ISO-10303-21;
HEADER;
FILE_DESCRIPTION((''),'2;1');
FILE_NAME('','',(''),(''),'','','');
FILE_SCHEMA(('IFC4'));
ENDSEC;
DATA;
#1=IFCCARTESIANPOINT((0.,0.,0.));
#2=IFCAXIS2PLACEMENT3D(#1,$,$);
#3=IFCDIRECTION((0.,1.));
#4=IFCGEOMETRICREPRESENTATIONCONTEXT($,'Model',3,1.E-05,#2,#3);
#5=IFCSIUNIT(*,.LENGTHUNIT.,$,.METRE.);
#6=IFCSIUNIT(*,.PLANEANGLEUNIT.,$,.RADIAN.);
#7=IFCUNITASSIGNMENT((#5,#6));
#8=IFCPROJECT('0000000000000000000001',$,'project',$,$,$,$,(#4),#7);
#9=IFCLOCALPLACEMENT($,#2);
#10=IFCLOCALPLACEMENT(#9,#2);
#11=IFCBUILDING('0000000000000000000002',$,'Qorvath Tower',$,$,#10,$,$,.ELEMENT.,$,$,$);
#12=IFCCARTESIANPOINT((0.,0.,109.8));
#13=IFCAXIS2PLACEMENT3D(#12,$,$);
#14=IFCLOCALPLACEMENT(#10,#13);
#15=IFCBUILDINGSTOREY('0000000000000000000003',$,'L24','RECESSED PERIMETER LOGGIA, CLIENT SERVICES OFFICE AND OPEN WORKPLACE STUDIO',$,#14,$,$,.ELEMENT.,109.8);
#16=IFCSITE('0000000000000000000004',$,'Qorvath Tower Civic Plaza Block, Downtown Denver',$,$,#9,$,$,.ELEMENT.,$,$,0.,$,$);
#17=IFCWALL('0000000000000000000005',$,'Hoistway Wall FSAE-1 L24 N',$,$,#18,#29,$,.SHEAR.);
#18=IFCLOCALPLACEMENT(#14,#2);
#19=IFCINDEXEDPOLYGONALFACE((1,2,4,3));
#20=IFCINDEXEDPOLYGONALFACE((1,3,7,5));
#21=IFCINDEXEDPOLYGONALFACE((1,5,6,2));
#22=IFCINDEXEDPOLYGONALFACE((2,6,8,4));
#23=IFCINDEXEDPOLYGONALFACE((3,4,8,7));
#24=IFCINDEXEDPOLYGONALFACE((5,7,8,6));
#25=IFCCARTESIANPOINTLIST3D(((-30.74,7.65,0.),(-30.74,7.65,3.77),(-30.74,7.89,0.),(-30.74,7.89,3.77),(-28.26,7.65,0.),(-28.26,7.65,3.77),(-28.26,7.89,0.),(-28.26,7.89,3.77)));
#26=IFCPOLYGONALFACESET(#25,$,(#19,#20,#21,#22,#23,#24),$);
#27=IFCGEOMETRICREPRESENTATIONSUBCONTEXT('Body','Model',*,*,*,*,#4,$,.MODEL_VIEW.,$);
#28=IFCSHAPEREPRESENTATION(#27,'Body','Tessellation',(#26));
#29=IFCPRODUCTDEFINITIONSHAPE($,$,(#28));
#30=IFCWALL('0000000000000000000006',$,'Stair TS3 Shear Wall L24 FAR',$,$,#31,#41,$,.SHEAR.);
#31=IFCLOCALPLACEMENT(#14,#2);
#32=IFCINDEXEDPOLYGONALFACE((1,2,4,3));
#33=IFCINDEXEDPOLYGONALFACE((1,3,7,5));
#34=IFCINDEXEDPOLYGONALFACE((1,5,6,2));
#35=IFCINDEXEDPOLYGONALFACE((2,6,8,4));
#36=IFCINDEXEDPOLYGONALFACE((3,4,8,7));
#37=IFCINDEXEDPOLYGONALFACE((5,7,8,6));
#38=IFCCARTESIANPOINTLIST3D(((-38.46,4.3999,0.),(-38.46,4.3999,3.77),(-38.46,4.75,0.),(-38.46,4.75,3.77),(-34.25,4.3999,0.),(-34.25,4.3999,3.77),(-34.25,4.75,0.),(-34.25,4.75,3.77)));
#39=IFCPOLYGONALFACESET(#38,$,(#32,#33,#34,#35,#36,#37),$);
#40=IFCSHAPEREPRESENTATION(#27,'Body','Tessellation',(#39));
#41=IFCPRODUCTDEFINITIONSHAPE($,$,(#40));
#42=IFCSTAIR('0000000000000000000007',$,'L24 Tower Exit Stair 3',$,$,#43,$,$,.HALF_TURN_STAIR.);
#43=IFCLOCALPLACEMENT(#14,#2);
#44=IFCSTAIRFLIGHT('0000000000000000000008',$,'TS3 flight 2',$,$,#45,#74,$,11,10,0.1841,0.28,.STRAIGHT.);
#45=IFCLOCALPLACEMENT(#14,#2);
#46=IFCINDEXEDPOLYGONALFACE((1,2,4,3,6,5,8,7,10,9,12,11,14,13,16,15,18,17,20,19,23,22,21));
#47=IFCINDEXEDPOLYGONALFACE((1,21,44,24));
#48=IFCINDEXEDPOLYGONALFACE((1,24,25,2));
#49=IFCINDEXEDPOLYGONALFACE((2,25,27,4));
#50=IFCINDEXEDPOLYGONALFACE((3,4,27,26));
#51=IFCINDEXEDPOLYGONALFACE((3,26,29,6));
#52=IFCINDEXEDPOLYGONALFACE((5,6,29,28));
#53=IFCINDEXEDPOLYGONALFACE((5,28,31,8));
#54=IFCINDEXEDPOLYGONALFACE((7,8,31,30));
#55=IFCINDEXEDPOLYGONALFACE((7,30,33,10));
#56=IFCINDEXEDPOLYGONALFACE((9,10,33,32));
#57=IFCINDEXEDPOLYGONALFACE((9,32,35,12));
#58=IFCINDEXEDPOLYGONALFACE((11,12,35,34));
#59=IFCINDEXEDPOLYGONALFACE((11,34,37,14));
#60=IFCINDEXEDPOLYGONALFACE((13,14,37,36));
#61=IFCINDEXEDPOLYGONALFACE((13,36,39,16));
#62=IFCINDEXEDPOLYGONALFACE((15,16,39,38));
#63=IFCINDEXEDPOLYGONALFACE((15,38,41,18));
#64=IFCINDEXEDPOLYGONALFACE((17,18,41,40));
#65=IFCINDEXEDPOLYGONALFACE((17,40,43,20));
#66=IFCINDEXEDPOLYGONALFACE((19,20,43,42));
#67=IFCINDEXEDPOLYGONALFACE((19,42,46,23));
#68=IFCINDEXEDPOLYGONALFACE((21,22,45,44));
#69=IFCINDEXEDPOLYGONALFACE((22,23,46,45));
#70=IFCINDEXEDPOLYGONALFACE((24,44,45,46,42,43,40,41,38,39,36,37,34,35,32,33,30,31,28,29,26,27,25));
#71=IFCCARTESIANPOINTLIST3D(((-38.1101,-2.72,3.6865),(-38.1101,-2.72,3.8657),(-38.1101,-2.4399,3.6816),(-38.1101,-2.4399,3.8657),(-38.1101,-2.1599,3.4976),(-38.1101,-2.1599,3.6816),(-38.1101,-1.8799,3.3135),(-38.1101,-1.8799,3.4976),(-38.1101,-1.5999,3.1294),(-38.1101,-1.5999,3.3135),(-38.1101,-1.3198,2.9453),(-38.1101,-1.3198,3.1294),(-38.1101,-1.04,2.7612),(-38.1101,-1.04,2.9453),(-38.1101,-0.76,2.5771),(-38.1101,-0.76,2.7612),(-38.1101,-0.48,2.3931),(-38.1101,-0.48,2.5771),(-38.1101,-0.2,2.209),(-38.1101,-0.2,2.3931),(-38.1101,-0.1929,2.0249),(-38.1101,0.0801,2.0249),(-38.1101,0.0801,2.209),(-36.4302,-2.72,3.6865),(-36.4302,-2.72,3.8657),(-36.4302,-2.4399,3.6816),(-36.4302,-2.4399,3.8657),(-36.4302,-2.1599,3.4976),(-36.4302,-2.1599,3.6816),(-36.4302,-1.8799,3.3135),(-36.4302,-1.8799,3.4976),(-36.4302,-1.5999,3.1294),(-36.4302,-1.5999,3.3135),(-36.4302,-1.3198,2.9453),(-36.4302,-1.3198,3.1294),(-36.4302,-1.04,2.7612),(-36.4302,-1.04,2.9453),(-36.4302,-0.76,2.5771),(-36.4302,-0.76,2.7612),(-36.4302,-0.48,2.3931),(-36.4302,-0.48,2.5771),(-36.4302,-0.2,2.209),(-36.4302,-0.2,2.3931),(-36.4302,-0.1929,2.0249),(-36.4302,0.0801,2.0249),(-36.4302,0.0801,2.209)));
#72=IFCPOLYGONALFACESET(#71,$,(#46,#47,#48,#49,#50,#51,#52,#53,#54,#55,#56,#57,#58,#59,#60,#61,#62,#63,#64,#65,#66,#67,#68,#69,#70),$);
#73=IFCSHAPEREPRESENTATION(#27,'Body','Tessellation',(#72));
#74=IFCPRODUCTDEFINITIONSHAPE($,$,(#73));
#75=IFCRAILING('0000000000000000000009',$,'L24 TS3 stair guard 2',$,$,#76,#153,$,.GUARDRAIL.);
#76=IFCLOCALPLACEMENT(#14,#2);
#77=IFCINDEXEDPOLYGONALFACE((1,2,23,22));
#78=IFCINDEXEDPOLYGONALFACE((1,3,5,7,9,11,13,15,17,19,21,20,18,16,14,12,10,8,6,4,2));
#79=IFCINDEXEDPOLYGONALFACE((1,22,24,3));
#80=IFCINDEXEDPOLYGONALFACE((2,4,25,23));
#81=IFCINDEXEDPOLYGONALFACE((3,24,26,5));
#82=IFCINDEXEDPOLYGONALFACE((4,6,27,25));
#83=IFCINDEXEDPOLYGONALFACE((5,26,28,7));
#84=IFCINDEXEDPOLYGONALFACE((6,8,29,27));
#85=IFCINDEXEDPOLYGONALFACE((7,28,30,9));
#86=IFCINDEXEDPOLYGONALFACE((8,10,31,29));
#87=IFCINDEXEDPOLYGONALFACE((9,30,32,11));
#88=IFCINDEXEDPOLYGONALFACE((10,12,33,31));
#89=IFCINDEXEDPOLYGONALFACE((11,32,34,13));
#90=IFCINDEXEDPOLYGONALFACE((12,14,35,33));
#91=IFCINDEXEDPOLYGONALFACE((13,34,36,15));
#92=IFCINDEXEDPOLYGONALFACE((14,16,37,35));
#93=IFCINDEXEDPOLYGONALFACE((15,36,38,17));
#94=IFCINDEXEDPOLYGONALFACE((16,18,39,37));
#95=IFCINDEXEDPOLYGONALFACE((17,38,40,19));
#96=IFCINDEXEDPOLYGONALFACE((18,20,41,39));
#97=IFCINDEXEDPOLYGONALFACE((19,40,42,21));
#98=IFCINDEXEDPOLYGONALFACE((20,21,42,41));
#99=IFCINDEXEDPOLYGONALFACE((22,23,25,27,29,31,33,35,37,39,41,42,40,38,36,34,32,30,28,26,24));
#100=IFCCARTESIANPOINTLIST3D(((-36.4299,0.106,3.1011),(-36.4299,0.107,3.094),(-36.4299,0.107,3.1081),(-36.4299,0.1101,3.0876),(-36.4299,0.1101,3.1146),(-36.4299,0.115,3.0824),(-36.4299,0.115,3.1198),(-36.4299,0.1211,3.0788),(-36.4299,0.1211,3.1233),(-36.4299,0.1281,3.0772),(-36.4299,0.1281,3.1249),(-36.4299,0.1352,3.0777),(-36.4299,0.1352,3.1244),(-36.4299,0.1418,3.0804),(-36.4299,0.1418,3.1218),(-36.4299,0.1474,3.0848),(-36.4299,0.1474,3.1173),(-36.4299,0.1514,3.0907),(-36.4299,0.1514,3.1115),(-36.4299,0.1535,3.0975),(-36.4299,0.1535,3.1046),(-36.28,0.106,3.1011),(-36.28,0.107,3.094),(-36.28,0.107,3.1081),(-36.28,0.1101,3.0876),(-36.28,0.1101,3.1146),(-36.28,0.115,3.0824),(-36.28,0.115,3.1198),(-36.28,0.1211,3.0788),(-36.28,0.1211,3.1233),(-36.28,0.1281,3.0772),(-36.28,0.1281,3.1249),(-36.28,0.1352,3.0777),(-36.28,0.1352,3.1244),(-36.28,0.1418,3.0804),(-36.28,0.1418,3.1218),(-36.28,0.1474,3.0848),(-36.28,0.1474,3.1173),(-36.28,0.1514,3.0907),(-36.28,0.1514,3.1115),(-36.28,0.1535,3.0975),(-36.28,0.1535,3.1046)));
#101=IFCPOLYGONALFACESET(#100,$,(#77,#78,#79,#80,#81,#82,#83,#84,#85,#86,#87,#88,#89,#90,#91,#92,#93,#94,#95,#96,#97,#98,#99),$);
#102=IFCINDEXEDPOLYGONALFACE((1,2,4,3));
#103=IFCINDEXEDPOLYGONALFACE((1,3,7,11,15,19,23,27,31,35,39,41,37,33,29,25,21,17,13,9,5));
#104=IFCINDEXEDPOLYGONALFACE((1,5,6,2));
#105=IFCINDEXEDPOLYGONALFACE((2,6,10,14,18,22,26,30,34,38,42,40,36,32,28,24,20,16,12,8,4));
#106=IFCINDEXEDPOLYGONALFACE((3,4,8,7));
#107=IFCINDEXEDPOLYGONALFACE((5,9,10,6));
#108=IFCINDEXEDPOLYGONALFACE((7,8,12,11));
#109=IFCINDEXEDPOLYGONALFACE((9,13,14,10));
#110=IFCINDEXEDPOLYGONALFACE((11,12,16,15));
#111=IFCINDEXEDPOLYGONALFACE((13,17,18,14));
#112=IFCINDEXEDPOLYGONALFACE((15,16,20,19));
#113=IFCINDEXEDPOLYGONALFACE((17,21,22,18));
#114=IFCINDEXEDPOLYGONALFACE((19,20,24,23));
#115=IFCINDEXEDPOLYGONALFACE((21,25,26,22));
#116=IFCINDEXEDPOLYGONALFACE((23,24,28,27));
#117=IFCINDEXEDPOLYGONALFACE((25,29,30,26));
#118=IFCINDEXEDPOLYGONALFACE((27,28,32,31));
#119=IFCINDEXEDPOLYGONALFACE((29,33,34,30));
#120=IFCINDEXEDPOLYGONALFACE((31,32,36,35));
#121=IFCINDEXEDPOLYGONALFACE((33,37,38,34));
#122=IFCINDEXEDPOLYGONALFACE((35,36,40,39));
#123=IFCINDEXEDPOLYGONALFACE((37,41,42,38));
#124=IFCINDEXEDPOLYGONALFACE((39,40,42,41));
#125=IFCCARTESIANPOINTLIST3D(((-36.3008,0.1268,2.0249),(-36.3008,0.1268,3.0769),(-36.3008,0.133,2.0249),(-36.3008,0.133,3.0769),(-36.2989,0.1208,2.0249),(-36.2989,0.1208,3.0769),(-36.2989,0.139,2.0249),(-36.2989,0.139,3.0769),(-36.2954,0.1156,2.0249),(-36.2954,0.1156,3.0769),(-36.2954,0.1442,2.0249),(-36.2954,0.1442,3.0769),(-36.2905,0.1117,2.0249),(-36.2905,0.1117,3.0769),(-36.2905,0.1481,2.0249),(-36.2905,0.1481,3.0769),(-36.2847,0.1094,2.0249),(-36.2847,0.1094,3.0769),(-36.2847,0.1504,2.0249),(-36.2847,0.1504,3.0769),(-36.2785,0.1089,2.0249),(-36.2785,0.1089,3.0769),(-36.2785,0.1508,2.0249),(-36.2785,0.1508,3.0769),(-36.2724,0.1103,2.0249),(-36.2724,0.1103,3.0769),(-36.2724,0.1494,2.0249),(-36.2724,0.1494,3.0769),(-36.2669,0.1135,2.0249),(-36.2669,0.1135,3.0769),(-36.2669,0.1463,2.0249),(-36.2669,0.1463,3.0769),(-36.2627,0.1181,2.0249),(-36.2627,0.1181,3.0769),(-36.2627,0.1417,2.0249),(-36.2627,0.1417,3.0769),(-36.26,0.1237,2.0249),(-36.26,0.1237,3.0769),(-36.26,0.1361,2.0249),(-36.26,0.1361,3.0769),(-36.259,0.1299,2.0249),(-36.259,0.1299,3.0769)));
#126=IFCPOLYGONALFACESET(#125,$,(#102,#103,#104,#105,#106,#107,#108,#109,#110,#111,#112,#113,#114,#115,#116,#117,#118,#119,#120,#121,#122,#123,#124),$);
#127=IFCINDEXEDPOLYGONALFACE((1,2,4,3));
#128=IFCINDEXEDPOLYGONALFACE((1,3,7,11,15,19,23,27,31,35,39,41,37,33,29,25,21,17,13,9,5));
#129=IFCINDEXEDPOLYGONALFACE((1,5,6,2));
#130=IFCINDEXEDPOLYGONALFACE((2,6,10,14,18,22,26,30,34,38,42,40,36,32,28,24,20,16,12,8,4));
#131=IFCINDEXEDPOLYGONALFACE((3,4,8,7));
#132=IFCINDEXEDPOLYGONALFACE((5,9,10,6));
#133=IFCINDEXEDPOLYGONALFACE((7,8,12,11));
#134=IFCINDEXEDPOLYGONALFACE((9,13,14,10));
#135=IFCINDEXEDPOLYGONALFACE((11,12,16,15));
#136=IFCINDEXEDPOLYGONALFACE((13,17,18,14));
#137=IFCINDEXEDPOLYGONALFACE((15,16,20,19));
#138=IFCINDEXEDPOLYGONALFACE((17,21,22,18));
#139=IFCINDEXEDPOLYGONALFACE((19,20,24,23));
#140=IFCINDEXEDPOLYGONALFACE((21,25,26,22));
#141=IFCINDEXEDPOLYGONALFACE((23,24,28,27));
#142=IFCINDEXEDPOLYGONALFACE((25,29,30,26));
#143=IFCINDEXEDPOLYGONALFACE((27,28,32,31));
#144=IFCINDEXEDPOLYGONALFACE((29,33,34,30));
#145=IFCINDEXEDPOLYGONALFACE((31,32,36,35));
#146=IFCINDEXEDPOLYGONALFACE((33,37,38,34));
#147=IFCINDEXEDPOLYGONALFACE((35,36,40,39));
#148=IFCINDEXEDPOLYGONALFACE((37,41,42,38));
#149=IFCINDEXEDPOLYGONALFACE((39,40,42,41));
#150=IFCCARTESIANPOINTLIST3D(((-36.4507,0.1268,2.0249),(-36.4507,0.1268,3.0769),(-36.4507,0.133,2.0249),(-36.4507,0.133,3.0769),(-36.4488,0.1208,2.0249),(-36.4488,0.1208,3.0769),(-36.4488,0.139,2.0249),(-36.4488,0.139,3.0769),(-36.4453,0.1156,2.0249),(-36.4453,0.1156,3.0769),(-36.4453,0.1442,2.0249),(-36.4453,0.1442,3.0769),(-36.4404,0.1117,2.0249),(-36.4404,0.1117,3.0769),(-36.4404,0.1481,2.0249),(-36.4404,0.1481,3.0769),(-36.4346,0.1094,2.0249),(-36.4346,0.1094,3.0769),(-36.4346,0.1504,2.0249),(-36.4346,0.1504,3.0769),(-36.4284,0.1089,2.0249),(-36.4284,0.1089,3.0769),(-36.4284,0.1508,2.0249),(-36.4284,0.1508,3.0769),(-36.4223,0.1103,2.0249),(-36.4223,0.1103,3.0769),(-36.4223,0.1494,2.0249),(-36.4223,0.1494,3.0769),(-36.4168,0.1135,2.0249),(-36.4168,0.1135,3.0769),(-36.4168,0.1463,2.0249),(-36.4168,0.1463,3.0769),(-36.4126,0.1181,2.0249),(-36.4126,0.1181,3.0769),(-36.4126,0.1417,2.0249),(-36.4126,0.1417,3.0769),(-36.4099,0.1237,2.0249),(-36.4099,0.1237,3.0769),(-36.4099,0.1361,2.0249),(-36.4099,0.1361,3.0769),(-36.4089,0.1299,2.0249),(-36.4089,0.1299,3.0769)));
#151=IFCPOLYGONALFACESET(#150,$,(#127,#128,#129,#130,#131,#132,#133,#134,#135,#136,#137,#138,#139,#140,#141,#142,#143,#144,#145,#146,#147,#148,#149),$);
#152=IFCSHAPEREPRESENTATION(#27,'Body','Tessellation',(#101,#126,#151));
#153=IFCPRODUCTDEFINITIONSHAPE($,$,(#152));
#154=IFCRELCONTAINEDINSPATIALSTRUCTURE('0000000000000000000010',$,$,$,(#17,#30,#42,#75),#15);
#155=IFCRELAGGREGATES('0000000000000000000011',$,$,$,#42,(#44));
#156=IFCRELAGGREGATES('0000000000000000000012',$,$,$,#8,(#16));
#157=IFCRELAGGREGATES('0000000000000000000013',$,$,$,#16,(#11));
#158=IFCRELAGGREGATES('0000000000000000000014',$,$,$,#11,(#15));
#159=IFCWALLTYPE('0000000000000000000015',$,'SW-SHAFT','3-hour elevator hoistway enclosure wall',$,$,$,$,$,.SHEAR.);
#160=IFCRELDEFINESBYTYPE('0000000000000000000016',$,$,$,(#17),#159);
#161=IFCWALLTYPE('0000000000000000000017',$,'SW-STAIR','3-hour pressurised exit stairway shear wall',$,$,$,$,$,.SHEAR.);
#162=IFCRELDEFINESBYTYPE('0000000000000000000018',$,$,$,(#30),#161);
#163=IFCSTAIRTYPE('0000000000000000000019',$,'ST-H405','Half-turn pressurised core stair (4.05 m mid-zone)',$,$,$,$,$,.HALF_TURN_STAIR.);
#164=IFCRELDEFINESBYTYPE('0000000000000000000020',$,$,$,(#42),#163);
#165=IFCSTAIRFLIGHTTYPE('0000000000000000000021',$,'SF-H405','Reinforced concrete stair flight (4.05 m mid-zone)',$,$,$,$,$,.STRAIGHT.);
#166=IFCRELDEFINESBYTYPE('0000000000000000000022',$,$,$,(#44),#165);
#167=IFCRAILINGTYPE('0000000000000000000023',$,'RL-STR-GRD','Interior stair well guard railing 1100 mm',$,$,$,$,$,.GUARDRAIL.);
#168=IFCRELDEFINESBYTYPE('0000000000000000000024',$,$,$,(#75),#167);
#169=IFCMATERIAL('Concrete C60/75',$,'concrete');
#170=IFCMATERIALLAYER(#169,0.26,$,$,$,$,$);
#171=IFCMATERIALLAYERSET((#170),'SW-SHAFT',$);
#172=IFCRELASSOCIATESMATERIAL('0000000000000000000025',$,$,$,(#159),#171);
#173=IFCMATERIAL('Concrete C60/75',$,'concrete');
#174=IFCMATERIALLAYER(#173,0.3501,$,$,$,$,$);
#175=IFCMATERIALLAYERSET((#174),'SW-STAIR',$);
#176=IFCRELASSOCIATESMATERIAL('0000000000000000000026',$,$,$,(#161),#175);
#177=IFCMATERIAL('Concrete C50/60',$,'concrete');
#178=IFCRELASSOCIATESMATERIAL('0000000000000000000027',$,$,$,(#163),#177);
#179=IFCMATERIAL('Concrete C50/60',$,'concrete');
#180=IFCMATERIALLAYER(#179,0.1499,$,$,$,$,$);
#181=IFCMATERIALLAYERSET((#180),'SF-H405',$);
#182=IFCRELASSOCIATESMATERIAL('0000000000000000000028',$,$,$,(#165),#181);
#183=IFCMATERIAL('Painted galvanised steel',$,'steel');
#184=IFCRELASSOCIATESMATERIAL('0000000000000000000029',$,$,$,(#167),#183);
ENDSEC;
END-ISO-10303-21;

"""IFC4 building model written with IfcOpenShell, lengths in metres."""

from ifc_helpers import new_model, si_unit, direction, frame, frame_2d, origin, origin_2d, place, context, subcontext, project, spatial, polyline, rectangle, circle, outline, extrude, material, layer, layer_set, type_object, element, aggregate, save


model = new_model("IFC4")

# Units and contexts
model_context = context("Model", 3, precision=1e-05, world=origin(), true_north=direction((0.0, 1.0)))
body_context = subcontext(model_context, "Body", "Model", "MODEL_VIEW")
ifc_project = project(units=[si_unit("LENGTHUNIT", "METRE"), si_unit("PLANEANGLEUNIT", "RADIAN")], contexts=[model_context])

# Site, building, storey
site_placement = place(None, origin())
site = spatial("IfcSite", under=ifc_project, at=site_placement, Name="Qorvath Tower Civic Plaza Block, Downtown Denver", CompositionType="ELEMENT", RefElevation=0.0)
building_placement = place(site_placement, origin())
building = spatial("IfcBuilding", under=site, at=building_placement, Name="Qorvath Tower", CompositionType="ELEMENT")
storey_placement = place(building_placement, frame((0.0, 0.0, 109.8)))
storey = spatial("IfcBuildingStorey", under=building, at=storey_placement, Name="L24", Description="RECESSED PERIMETER LOGGIA, CLIENT SERVICES OFFICE AND OPEN WORKPLACE STUDIO", CompositionType="ELEMENT", Elevation=109.8)

# Walls
ifc_material_1 = material(Name="Concrete C60/75", Category="concrete")
ifc_layer_1 = layer(ifc_material_1, 0.26)
ifc_layer_set_1 = layer_set([ifc_layer_1], Name="SW-SHAFT")
wall_type_1 = type_object("IfcWallType", Name="SW-SHAFT", Description="3-hour elevator hoistway enclosure wall", PredefinedType="SHEAR", material=ifc_layer_set_1)
wall_1_placement = place(storey_placement, frame((-30.74, 7.77, 0.0), z_axis=(0.0, 0.0, 1.0), x_axis=(1.0, 0.0, 0.0)))
element("IfcWall", 1, at=wall_1_placement, inside=storey, type_object=wall_type_1, Name="Hoistway Wall FSAE-1 L24 N", PredefinedType="SHEAR", context=body_context, shape_type="SweptSolid", body=[
    extrude(rectangle(XDim=2.48, YDim=0.24, at=frame_2d((1.24, 0.0))), origin(), (0.0, 0.0, 1.0), 3.77),
])
ifc_material_2 = material(Name="Concrete C60/75", Category="concrete")
ifc_layer_2 = layer(ifc_material_2, 0.3501)
ifc_layer_set_2 = layer_set([ifc_layer_2], Name="SW-STAIR")
wall_type_2 = type_object("IfcWallType", Name="SW-STAIR", Description="3-hour pressurised exit stairway shear wall", PredefinedType="SHEAR", material=ifc_layer_set_2)
wall_2_placement = place(storey_placement, frame((-34.25, 4.575, 0.0), z_axis=(0.0, 0.0, 1.0), x_axis=(-1.0, 0.0, 0.0)))
element("IfcWall", 2, at=wall_2_placement, inside=storey, type_object=wall_type_2, Name="Stair TS3 Shear Wall L24 FAR", PredefinedType="SHEAR", context=body_context, shape_type="SweptSolid", body=[
    extrude(rectangle(XDim=4.21, YDim=0.3501, at=frame_2d((2.105, 0.0))), origin(), (0.0, 0.0, 1.0), 3.77),
])

# Stair, stair flight
ifc_material_3 = material(Name="Concrete C50/60", Category="concrete")
stair_type = type_object("IfcStairType", Name="ST-H405", Description="Half-turn pressurised core stair (4.05 m mid-zone)", PredefinedType="HALF_TURN_STAIR", material=ifc_material_3)
stair_placement = place(storey_placement, origin())
stair = element("IfcStair", 3, at=stair_placement, inside=storey, type_object=stair_type, Name="L24 Tower Exit Stair 3", PredefinedType="HALF_TURN_STAIR")
ifc_material_4 = material(Name="Concrete C50/60", Category="concrete")
ifc_layer_3 = layer(ifc_material_4, 0.1499)
ifc_layer_set_3 = layer_set([ifc_layer_3], Name="SF-H405")
stair_flight_type = type_object("IfcStairFlightType", Name="SF-H405", Description="Reinforced concrete stair flight (4.05 m mid-zone)", PredefinedType="STRAIGHT", material=ifc_layer_set_3)
stair_flight_placement = place(storey_placement, frame((-37.27, 0.0801, 2.0249), z_axis=(0.0, 0.0, 1.0), x_axis=(0.0, -1.0, 0.0)))
stair_flight = element("IfcStairFlight", 4, at=stair_flight_placement, type_object=stair_flight_type, Name="TS3 flight 2", NumberOfRisers=11, NumberOfTreads=10, PredefinedType="STRAIGHT", RiserHeight=0.1841, TreadLength=0.28, context=body_context, shape_type="SweptSolid", body=[
    extrude(outline(polyline([(0.0, 0.0), (0.0, 0.1841), (0.28, 0.1841), (0.28, 0.3682), (0.5601, 0.3682), (0.5601, 0.5522), (0.8401, 0.5522), (0.8401, 0.7363), (1.1201, 0.7363), (1.1201, 0.9204), (1.3999, 0.9204), (1.3999, 1.1045), (1.6799, 1.1045), (1.6799, 1.2886), (1.96, 1.2886), (1.96, 1.4727), (2.24, 1.4727), (2.24, 1.6567), (2.52, 1.6567), (2.52, 1.8408), (2.8, 1.8408), (2.8, 2.0249), (2.8, 1.6616), (0.2729, 0.0), (0.0, 0.0)])), frame((0.0, 0.8398, 0.0), z_axis=(0.0, -1.0, 0.0), x_axis=(1.0, 0.0, 0.0)), (0.0, 0.0, 1.0), 1.6799),
])
aggregate(stair, [stair_flight])

# Railing
ifc_material_5 = material(Name="Painted galvanised steel", Category="steel")
railing_type = type_object("IfcRailingType", Name="RL-STR-GRD", Description="Interior stair well guard railing 1100 mm", PredefinedType="GUARDRAIL", material=ifc_material_5)
railing_1_placement = place(storey_placement, frame((-36.28, 0.1299, 2.0249)))
element("IfcRailing", 5, at=railing_1_placement, inside=storey, type_object=railing_type, Name="L24 TS3 stair guard 2", PredefinedType="GUARDRAIL", context=body_context, shape_type="SweptSolid", body=[
    extrude(circle(Radius=0.0239, at=origin_2d()), frame((0.0, 0.0, 1.0762), z_axis=(-1.0, 0.0, 0.0), x_axis=(0.0, -1.0, 0.0)), (0.0, 0.0, 1.0), 0.1499),
    extrude(circle(Radius=0.021, at=origin_2d()), origin(), (0.0, 0.0, 1.0), 1.052),
    extrude(circle(Radius=0.021, at=origin_2d()), frame((-0.1499, 0.0, 0.0)), (0.0, 0.0, 1.0), 1.052),
])

save(model, "model.ifc")
